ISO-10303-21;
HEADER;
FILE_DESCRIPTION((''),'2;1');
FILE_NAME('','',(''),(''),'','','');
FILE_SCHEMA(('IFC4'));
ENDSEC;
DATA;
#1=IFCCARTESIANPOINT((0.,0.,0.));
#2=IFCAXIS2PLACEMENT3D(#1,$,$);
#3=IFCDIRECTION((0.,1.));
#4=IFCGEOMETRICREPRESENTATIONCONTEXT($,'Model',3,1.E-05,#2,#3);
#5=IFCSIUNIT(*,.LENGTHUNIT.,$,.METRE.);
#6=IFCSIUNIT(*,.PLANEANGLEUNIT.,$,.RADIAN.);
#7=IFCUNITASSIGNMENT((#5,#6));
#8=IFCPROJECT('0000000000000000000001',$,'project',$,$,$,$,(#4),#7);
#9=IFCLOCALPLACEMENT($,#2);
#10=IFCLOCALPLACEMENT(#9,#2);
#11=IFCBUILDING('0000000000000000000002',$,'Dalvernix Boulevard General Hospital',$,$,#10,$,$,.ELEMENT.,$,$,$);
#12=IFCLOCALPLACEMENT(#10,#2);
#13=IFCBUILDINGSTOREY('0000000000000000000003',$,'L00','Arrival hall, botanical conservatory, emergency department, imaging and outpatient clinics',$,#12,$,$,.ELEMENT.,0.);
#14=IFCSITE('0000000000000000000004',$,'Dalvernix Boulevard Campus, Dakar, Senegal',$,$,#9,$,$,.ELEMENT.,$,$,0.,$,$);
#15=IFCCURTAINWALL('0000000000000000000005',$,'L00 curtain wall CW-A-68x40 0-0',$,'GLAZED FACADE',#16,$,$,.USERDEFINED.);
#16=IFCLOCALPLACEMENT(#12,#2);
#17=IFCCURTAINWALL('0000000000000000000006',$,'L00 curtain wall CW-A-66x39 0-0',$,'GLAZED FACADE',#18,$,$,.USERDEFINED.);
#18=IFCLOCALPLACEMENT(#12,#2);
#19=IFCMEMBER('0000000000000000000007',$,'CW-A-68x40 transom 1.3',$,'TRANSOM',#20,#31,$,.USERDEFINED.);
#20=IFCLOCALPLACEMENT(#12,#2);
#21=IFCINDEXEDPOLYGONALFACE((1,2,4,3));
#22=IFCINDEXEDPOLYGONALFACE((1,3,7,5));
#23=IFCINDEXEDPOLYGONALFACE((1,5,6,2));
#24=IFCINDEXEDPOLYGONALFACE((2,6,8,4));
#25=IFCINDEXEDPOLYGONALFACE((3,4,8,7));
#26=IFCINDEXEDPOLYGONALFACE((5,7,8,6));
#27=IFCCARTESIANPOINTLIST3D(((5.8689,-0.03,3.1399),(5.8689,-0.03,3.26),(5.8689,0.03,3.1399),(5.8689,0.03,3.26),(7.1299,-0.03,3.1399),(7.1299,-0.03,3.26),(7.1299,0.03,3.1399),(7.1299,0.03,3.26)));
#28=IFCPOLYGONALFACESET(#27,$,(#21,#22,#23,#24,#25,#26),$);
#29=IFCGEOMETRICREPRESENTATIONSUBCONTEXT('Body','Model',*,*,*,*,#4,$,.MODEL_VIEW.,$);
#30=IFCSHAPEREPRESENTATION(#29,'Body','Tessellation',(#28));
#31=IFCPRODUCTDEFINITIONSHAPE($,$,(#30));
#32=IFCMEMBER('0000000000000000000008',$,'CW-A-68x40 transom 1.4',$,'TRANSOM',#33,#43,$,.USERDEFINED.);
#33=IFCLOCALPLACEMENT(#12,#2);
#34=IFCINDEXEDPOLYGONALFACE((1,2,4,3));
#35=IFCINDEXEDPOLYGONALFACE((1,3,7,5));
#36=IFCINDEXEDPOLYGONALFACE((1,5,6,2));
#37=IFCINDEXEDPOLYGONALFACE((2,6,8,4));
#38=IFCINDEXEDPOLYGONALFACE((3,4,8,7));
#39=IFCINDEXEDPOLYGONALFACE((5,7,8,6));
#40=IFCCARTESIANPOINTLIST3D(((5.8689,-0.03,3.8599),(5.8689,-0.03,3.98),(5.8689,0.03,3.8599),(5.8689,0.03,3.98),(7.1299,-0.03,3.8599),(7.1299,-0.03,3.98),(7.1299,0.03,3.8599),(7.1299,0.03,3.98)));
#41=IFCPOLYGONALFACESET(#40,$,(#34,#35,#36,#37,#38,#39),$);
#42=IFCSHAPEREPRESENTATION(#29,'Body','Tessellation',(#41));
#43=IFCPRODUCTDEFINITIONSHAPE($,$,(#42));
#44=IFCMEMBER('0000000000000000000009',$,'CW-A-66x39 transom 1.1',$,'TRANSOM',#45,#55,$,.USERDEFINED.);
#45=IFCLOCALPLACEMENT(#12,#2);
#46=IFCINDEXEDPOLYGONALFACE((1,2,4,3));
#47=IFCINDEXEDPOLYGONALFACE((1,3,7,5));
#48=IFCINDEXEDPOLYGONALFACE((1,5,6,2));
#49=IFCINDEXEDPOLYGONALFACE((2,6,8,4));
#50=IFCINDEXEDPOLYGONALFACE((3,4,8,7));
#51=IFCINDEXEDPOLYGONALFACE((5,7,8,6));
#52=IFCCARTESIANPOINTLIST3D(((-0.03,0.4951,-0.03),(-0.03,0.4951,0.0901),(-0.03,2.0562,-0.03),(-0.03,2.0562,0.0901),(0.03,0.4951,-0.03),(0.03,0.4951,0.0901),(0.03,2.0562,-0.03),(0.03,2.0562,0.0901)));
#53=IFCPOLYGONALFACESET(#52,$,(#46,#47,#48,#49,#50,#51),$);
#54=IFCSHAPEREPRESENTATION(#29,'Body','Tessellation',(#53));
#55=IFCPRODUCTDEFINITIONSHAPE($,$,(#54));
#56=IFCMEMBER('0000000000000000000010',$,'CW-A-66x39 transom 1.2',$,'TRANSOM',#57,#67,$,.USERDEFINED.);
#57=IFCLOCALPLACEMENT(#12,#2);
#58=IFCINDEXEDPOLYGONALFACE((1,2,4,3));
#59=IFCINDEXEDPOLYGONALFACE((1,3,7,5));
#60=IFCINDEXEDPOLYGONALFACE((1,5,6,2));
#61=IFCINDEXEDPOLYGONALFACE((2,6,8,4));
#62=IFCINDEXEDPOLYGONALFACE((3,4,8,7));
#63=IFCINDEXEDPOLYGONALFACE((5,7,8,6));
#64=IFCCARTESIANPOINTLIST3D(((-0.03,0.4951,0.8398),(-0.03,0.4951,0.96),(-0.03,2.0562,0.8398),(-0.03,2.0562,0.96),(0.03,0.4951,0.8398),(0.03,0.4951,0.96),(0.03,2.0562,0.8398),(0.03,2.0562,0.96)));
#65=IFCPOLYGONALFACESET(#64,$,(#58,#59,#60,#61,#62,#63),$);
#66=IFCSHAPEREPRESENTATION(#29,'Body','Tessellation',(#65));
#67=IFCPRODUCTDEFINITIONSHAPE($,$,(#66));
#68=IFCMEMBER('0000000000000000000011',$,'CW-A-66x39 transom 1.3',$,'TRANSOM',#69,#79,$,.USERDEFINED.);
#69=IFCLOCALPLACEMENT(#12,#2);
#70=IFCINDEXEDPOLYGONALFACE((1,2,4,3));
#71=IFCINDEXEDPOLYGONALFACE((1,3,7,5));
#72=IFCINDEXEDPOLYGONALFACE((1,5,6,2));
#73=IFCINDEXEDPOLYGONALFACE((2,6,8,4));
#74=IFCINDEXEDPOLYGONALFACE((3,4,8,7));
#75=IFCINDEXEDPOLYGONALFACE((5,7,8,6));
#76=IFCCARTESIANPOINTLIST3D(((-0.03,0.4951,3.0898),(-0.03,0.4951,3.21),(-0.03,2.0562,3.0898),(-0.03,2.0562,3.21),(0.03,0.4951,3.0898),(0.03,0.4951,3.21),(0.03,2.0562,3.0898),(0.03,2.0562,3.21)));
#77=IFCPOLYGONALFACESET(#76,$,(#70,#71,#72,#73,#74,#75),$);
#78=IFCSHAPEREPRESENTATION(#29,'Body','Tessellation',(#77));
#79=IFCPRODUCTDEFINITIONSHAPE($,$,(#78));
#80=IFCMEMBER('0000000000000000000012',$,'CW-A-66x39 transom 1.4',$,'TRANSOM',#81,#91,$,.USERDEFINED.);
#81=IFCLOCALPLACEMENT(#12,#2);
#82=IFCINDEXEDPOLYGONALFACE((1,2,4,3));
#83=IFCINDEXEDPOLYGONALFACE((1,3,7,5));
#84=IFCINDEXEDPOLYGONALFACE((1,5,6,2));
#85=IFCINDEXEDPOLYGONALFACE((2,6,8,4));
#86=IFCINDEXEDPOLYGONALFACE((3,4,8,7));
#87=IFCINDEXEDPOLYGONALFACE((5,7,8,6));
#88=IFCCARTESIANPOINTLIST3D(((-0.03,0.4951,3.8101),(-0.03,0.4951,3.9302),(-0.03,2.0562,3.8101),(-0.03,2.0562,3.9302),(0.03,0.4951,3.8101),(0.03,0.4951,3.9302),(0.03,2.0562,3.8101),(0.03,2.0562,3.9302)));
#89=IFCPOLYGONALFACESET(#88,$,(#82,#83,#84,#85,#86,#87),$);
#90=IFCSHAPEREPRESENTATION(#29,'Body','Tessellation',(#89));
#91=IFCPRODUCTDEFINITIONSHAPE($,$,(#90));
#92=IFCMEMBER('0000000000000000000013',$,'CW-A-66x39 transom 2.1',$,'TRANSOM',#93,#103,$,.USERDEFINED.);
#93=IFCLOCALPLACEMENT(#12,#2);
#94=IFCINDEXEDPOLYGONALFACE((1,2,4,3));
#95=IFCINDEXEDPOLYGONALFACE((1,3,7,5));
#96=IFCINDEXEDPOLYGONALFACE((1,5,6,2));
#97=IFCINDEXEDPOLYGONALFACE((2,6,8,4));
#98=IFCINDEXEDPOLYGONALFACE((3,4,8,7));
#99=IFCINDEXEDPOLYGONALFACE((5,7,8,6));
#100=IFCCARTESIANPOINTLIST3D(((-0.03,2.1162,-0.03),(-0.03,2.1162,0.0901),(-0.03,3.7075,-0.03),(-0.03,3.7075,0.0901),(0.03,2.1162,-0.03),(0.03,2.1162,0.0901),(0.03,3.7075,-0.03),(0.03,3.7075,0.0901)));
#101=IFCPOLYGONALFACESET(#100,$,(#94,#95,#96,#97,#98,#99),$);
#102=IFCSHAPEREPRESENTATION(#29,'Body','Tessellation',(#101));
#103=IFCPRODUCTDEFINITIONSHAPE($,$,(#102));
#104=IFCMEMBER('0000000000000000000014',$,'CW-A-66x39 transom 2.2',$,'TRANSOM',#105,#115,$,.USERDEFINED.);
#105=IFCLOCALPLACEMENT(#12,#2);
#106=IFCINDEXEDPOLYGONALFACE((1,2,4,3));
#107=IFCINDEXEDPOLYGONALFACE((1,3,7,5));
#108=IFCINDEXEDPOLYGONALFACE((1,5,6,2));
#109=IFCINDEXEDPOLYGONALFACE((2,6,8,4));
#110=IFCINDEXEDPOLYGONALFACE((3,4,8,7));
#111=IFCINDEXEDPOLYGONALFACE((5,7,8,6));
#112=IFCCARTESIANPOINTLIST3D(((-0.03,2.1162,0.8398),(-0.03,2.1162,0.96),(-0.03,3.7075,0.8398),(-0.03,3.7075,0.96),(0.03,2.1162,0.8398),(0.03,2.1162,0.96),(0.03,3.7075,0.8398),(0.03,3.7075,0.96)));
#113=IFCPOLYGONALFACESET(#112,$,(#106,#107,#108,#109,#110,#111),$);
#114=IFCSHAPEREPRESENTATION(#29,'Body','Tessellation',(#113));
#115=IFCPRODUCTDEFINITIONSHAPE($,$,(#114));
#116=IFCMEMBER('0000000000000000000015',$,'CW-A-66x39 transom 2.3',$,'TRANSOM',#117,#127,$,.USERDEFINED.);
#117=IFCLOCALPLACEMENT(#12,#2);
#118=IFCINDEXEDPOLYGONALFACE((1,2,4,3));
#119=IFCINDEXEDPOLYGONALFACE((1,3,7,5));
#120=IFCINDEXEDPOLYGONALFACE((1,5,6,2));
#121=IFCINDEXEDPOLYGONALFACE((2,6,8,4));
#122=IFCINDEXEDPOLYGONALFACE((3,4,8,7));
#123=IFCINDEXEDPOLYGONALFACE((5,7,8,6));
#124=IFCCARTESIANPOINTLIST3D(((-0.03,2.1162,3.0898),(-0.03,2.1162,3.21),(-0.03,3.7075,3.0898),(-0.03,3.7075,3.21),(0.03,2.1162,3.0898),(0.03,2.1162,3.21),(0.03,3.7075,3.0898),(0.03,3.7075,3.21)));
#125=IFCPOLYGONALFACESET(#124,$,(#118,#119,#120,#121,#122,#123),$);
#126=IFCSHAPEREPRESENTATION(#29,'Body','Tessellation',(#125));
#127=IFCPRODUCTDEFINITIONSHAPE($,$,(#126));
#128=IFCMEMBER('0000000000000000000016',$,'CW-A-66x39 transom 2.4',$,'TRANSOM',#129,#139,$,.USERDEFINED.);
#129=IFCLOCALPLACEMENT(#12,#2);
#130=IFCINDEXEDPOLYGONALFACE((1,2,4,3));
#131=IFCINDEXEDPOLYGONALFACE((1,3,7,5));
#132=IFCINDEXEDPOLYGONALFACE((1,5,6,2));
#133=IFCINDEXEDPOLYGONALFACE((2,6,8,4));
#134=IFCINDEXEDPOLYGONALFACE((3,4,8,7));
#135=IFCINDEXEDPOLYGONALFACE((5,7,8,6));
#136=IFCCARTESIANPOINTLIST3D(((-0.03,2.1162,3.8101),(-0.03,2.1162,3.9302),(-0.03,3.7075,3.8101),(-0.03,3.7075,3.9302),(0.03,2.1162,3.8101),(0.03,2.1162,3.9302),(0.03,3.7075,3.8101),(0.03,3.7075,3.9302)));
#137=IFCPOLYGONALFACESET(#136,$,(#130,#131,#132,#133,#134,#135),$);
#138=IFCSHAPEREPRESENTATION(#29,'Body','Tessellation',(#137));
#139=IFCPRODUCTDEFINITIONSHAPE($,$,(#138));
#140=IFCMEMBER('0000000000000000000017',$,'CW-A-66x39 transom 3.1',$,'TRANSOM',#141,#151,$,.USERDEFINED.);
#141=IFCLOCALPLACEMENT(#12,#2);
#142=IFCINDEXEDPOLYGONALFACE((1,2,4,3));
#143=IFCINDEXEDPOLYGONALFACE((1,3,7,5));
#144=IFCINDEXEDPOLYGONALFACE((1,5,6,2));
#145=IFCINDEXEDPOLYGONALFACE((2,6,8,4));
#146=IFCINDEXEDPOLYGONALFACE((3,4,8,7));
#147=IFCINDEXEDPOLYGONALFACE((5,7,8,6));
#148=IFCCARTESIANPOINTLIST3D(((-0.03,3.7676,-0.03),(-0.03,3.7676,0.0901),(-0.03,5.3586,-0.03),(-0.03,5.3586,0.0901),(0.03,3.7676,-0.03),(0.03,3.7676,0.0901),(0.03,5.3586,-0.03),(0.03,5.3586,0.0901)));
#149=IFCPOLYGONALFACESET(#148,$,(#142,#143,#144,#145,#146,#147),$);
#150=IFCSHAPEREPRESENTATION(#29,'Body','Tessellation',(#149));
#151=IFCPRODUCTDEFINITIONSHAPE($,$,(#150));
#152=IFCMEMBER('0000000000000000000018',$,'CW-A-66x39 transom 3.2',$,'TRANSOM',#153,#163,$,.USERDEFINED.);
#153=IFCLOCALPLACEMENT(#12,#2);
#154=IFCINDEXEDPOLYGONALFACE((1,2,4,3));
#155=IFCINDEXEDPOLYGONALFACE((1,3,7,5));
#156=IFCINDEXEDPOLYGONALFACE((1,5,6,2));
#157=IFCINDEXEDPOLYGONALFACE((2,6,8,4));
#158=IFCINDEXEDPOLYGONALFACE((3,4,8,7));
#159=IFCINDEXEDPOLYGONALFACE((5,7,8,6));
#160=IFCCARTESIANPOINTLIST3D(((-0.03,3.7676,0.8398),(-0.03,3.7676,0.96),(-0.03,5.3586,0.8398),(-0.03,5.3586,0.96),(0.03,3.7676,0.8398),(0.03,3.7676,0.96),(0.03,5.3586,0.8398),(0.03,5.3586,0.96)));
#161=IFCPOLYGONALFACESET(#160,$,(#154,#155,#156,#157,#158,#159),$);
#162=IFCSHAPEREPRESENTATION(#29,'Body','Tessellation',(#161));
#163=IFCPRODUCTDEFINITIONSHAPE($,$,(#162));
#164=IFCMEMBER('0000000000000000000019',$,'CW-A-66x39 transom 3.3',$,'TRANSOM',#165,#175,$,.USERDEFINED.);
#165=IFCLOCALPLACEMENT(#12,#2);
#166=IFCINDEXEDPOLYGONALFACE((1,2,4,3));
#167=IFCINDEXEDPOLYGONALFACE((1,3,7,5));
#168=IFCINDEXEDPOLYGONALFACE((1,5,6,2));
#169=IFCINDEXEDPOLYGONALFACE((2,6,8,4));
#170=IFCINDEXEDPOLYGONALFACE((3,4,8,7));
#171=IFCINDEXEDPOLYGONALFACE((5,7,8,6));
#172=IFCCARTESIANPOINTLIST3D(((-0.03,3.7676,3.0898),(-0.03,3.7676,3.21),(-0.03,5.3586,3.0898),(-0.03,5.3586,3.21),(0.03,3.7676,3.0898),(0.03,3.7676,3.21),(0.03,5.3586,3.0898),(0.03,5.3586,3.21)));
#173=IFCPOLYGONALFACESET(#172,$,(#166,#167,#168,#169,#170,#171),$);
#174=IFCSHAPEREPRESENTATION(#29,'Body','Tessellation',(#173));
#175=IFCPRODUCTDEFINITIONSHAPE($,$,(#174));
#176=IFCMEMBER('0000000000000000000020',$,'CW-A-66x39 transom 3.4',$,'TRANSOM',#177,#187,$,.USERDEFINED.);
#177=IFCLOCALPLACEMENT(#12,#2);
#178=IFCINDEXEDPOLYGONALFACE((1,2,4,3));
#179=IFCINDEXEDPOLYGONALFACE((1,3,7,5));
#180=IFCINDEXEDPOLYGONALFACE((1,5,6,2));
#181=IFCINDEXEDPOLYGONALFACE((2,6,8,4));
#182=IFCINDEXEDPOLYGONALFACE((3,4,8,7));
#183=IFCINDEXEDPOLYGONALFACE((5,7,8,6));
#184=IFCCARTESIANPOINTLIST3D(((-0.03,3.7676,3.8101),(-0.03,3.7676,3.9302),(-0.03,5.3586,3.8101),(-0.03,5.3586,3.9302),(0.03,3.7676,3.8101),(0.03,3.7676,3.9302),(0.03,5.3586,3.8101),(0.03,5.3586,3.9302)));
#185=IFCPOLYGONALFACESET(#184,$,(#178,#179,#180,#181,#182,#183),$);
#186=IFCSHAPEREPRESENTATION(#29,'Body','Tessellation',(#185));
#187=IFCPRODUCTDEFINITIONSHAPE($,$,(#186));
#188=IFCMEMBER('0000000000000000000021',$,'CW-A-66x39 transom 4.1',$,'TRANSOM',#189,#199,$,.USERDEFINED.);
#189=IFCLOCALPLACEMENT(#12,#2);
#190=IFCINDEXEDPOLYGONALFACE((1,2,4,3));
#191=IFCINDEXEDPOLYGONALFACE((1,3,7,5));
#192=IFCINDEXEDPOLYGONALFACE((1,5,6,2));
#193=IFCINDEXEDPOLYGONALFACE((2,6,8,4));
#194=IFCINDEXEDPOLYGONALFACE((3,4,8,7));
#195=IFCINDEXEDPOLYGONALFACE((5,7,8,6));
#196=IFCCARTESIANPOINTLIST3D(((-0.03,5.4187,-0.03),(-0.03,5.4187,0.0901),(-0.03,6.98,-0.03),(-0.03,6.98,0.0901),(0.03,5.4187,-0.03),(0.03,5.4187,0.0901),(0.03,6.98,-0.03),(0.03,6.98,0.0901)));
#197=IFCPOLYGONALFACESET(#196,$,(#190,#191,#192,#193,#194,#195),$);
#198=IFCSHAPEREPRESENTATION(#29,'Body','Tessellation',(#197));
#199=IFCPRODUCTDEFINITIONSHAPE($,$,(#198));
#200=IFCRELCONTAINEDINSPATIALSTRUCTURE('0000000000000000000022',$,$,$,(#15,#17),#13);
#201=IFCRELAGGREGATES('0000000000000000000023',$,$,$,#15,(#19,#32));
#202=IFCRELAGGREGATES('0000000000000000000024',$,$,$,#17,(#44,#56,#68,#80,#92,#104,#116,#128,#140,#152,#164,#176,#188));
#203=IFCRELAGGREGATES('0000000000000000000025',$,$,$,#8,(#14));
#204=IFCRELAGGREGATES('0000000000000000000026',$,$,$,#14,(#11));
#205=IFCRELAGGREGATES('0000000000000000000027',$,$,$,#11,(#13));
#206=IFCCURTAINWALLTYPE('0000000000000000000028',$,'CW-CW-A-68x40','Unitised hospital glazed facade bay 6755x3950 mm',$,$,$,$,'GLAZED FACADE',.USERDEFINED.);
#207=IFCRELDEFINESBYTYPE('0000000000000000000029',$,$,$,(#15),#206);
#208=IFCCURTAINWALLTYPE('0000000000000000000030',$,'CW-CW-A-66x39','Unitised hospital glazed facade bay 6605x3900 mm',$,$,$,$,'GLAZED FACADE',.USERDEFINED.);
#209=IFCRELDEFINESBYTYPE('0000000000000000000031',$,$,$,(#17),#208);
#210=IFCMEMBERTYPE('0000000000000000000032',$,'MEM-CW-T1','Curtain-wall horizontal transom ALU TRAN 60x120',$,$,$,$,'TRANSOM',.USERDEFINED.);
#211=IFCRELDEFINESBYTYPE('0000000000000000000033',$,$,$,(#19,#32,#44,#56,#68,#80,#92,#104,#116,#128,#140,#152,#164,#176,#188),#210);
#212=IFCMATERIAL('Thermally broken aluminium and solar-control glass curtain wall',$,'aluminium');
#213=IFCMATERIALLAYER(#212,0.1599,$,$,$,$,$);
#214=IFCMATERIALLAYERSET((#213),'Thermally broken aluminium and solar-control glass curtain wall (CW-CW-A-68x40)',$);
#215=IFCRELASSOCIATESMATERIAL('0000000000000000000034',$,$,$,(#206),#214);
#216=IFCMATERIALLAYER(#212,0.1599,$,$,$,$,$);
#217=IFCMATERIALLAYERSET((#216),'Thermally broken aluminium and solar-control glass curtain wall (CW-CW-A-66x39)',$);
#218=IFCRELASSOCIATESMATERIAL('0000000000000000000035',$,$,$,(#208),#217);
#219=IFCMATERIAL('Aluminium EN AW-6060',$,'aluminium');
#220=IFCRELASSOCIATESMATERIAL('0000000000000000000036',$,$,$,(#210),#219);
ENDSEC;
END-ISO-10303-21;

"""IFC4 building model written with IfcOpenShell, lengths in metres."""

from ifc_helpers import new_model, si_unit, direction, frame, origin, origin_2d, place, context, subcontext, project, spatial, rectangle, extrude, material, layer, layer_set, material_profile, profile_set, type_object, element, aggregate, save


model = new_model("IFC4")

# Units and contexts
model_context = context("Model", 3, precision=1e-05, world=origin(), true_north=direction((0.0, 1.0)))
body_context = subcontext(model_context, "Body", "Model", "MODEL_VIEW")
ifc_project = project(units=[si_unit("LENGTHUNIT", "METRE"), si_unit("PLANEANGLEUNIT", "RADIAN")], contexts=[model_context])

# Site, building, storey
site_placement = place(None, origin())
site = spatial("IfcSite", under=ifc_project, at=site_placement, Name="Dalvernix Boulevard Campus, Dakar, Senegal", CompositionType="ELEMENT", RefElevation=0.0)
building_placement = place(site_placement, origin())
building = spatial("IfcBuilding", under=site, at=building_placement, Name="Dalvernix Boulevard General Hospital", CompositionType="ELEMENT")
storey_placement = place(building_placement, origin())
storey = spatial("IfcBuildingStorey", under=building, at=storey_placement, Name="L00", Description="Arrival hall, botanical conservatory, emergency department, imaging and outpatient clinics", CompositionType="ELEMENT", Elevation=0.0)

# Curtain wall
ifc_material_1 = material(Name="Thermally broken aluminium and solar-control glass curtain wall", Category="aluminium")
ifc_layer_1 = layer(ifc_material_1, 0.1599)
ifc_layer_set_1 = layer_set([ifc_layer_1], Name="Thermally broken aluminium and solar-control glass curtain wall (CW-CW-A-68x40)")
curtain_wall_type_1 = type_object("IfcCurtainWallType", Name="CW-CW-A-68x40", Description="Unitised hospital glazed facade bay 6755x3950 mm", ElementType="GLAZED FACADE", PredefinedType="USERDEFINED", material=ifc_layer_set_1)
curtain_wall_1_placement = place(storey_placement, origin())
curtain_wall_1 = element("IfcCurtainWall", 1, at=curtain_wall_1_placement, inside=storey, type_object=curtain_wall_type_1, Name="L00 curtain wall CW-A-68x40 0-0", ObjectType="GLAZED FACADE", PredefinedType="USERDEFINED")
ifc_material_2 = material(Name="Aluminium EN AW-6060", Category="aluminium")

# Curtain wall
ifc_layer_2 = layer(ifc_material_1, 0.1599)
ifc_layer_set_2 = layer_set([ifc_layer_2], Name="Thermally broken aluminium and solar-control glass curtain wall (CW-CW-A-66x39)")
curtain_wall_type_2 = type_object("IfcCurtainWallType", Name="CW-CW-A-66x39", Description="Unitised hospital glazed facade bay 6605x3900 mm", ElementType="GLAZED FACADE", PredefinedType="USERDEFINED", material=ifc_layer_set_2)
curtain_wall_2_placement = place(storey_placement, origin())
curtain_wall_2 = element("IfcCurtainWall", 2, at=curtain_wall_2_placement, inside=storey, type_object=curtain_wall_type_2, Name="L00 curtain wall CW-A-66x39 0-0", ObjectType="GLAZED FACADE", PredefinedType="USERDEFINED")

# Members
ifc_material_profile_1 = material_profile(ifc_material_2, rectangle(XDim=0.0601, YDim=0.1201, at=origin_2d()), Name="ALU TRAN 60x120")
ifc_profile_set_1 = profile_set([ifc_material_profile_1], Name="Aluminium EN AW-6060")
member_type_1 = type_object("IfcMemberType", Name="MEM-CW-T1", Description="Curtain-wall horizontal transom ALU TRAN 60x120", ElementType="TRANSOM", PredefinedType="USERDEFINED", material=ifc_profile_set_1)
member_1_placement = place(storey_placement, frame((7.1299, 0.0, 3.2), z_axis=(-1.0, 0.0, 0.0), x_axis=(0.0, -1.0, 0.0)))
member_1 = element("IfcMember", 3, at=member_1_placement, type_object=member_type_1, Name="CW-A-68x40 transom 1.3", ObjectType="TRANSOM", PredefinedType="USERDEFINED", context=body_context, shape_type="SweptSolid", body=[
    extrude(rectangle(XDim=0.0601, YDim=0.1201, at=origin_2d()), origin(), (0.0, 0.0, 1.0), 1.261),
])
member_2_placement = place(storey_placement, frame((7.1299, 0.0, 3.9199), z_axis=(-1.0, 0.0, 0.0), x_axis=(0.0, -1.0, 0.0)))
member_2 = element("IfcMember", 4, at=member_2_placement, type_object=member_type_1, Name="CW-A-68x40 transom 1.4", ObjectType="TRANSOM", PredefinedType="USERDEFINED", context=body_context, shape_type="SweptSolid", body=[
    extrude(rectangle(XDim=0.0601, YDim=0.1201, at=origin_2d()), origin(), (0.0, 0.0, 1.0), 1.261),
])
member_3_placement = place(storey_placement, frame((0.0, 0.4951, 0.03), z_axis=(0.0, 1.0, 0.0), x_axis=(-1.0, 0.0, 0.0)))
member_3 = element("IfcMember", 5, at=member_3_placement, type_object=member_type_1, Name="CW-A-66x39 transom 1.1", ObjectType="TRANSOM", PredefinedType="USERDEFINED", context=body_context, shape_type="SweptSolid", body=[
    extrude(rectangle(XDim=0.0601, YDim=0.1201, at=origin_2d()), origin(), (0.0, 0.0, 1.0), 1.561),
])
member_4_placement = place(storey_placement, frame((0.0, 0.4951, 0.8999), z_axis=(0.0, 1.0, 0.0), x_axis=(-1.0, 0.0, 0.0)))
member_4 = element("IfcMember", 6, at=member_4_placement, type_object=member_type_1, Name="CW-A-66x39 transom 1.2", ObjectType="TRANSOM", PredefinedType="USERDEFINED", context=body_context, shape_type="SweptSolid", body=[
    extrude(rectangle(XDim=0.0601, YDim=0.1201, at=origin_2d()), origin(), (0.0, 0.0, 1.0), 1.561),
])
member_5_placement = place(storey_placement, frame((0.0, 0.4951, 3.1499), z_axis=(0.0, 1.0, 0.0), x_axis=(-1.0, 0.0, 0.0)))
member_5 = element("IfcMember", 7, at=member_5_placement, type_object=member_type_1, Name="CW-A-66x39 transom 1.3", ObjectType="TRANSOM", PredefinedType="USERDEFINED", context=body_context, shape_type="SweptSolid", body=[
    extrude(rectangle(XDim=0.0601, YDim=0.1201, at=origin_2d()), origin(), (0.0, 0.0, 1.0), 1.561),
])
member_6_placement = place(storey_placement, frame((0.0, 0.4951, 3.8701), z_axis=(0.0, 1.0, 0.0), x_axis=(-1.0, 0.0, 0.0)))
member_6 = element("IfcMember", 8, at=member_6_placement, type_object=member_type_1, Name="CW-A-66x39 transom 1.4", ObjectType="TRANSOM", PredefinedType="USERDEFINED", context=body_context, shape_type="SweptSolid", body=[
    extrude(rectangle(XDim=0.0601, YDim=0.1201, at=origin_2d()), origin(), (0.0, 0.0, 1.0), 1.561),
])
member_7_placement = place(storey_placement, frame((0.0, 2.1162, 0.03), z_axis=(0.0, 1.0, 0.0), x_axis=(-1.0, 0.0, 0.0)))
member_7 = element("IfcMember", 9, at=member_7_placement, type_object=member_type_1, Name="CW-A-66x39 transom 2.1", ObjectType="TRANSOM", PredefinedType="USERDEFINED", context=body_context, shape_type="SweptSolid", body=[
    extrude(rectangle(XDim=0.0601, YDim=0.1201, at=origin_2d()), origin(), (0.0, 0.0, 1.0), 1.5913),
])
member_8_placement = place(storey_placement, frame((0.0, 2.1162, 0.8999), z_axis=(0.0, 1.0, 0.0), x_axis=(-1.0, 0.0, 0.0)))
member_8 = element("IfcMember", 10, at=member_8_placement, type_object=member_type_1, Name="CW-A-66x39 transom 2.2", ObjectType="TRANSOM", PredefinedType="USERDEFINED", context=body_context, shape_type="SweptSolid", body=[
    extrude(rectangle(XDim=0.0601, YDim=0.1201, at=origin_2d()), origin(), (0.0, 0.0, 1.0), 1.5913),
])
member_9_placement = place(storey_placement, frame((0.0, 2.1162, 3.1499), z_axis=(0.0, 1.0, 0.0), x_axis=(-1.0, 0.0, 0.0)))
member_9 = element("IfcMember", 11, at=member_9_placement, type_object=member_type_1, Name="CW-A-66x39 transom 2.3", ObjectType="TRANSOM", PredefinedType="USERDEFINED", context=body_context, shape_type="SweptSolid", body=[
    extrude(rectangle(XDim=0.0601, YDim=0.1201, at=origin_2d()), origin(), (0.0, 0.0, 1.0), 1.5913),
])
member_10_placement = place(storey_placement, frame((0.0, 2.1162, 3.8701), z_axis=(0.0, 1.0, 0.0), x_axis=(-1.0, 0.0, 0.0)))
member_10 = element("IfcMember", 12, at=member_10_placement, type_object=member_type_1, Name="CW-A-66x39 transom 2.4", ObjectType="TRANSOM", PredefinedType="USERDEFINED", context=body_context, shape_type="SweptSolid", body=[
    extrude(rectangle(XDim=0.0601, YDim=0.1201, at=origin_2d()), origin(), (0.0, 0.0, 1.0), 1.5913),
])
member_11_placement = place(storey_placement, frame((0.0, 3.7676, 0.03), z_axis=(0.0, 1.0, 0.0), x_axis=(-1.0, 0.0, 0.0)))
member_11 = element("IfcMember", 13, at=member_11_placement, type_object=member_type_1, Name="CW-A-66x39 transom 3.1", ObjectType="TRANSOM", PredefinedType="USERDEFINED", context=body_context, shape_type="SweptSolid", body=[
    extrude(rectangle(XDim=0.0601, YDim=0.1201, at=origin_2d()), origin(), (0.0, 0.0, 1.0), 1.5911),
])
member_12_placement = place(storey_placement, frame((0.0, 3.7676, 0.8999), z_axis=(0.0, 1.0, 0.0), x_axis=(-1.0, 0.0, 0.0)))
member_12 = element("IfcMember", 14, at=member_12_placement, type_object=member_type_1, Name="CW-A-66x39 transom 3.2", ObjectType="TRANSOM", PredefinedType="USERDEFINED", context=body_context, shape_type="SweptSolid", body=[
    extrude(rectangle(XDim=0.0601, YDim=0.1201, at=origin_2d()), origin(), (0.0, 0.0, 1.0), 1.5911),
])
member_13_placement = place(storey_placement, frame((0.0, 3.7676, 3.1499), z_axis=(0.0, 1.0, 0.0), x_axis=(-1.0, 0.0, 0.0)))
member_13 = element("IfcMember", 15, at=member_13_placement, type_object=member_type_1, Name="CW-A-66x39 transom 3.3", ObjectType="TRANSOM", PredefinedType="USERDEFINED", context=body_context, shape_type="SweptSolid", body=[
    extrude(rectangle(XDim=0.0601, YDim=0.1201, at=origin_2d()), origin(), (0.0, 0.0, 1.0), 1.5911),
])
member_14_placement = place(storey_placement, frame((0.0, 3.7676, 3.8701), z_axis=(0.0, 1.0, 0.0), x_axis=(-1.0, 0.0, 0.0)))
member_14 = element("IfcMember", 16, at=member_14_placement, type_object=member_type_1, Name="CW-A-66x39 transom 3.4", ObjectType="TRANSOM", PredefinedType="USERDEFINED", context=body_context, shape_type="SweptSolid", body=[
    extrude(rectangle(XDim=0.0601, YDim=0.1201, at=origin_2d()), origin(), (0.0, 0.0, 1.0), 1.5911),
])
member_15_placement = place(storey_placement, frame((0.0, 5.4187, 0.03), z_axis=(0.0, 1.0, 0.0), x_axis=(-1.0, 0.0, 0.0)))
member_15 = element("IfcMember", 17, at=member_15_placement, type_object=member_type_1, Name="CW-A-66x39 transom 4.1", ObjectType="TRANSOM", PredefinedType="USERDEFINED", context=body_context, shape_type="SweptSolid", body=[
    extrude(rectangle(XDim=0.0601, YDim=0.1201, at=origin_2d()), origin(), (0.0, 0.0, 1.0), 1.5613),
])

aggregate(curtain_wall_1, [member_1, member_2])
aggregate(curtain_wall_2, [member_3, member_4, member_5, member_6, member_7, member_8, member_9, member_10, member_11, member_12, member_13, member_14, member_15])

save(model, "model.ifc")
